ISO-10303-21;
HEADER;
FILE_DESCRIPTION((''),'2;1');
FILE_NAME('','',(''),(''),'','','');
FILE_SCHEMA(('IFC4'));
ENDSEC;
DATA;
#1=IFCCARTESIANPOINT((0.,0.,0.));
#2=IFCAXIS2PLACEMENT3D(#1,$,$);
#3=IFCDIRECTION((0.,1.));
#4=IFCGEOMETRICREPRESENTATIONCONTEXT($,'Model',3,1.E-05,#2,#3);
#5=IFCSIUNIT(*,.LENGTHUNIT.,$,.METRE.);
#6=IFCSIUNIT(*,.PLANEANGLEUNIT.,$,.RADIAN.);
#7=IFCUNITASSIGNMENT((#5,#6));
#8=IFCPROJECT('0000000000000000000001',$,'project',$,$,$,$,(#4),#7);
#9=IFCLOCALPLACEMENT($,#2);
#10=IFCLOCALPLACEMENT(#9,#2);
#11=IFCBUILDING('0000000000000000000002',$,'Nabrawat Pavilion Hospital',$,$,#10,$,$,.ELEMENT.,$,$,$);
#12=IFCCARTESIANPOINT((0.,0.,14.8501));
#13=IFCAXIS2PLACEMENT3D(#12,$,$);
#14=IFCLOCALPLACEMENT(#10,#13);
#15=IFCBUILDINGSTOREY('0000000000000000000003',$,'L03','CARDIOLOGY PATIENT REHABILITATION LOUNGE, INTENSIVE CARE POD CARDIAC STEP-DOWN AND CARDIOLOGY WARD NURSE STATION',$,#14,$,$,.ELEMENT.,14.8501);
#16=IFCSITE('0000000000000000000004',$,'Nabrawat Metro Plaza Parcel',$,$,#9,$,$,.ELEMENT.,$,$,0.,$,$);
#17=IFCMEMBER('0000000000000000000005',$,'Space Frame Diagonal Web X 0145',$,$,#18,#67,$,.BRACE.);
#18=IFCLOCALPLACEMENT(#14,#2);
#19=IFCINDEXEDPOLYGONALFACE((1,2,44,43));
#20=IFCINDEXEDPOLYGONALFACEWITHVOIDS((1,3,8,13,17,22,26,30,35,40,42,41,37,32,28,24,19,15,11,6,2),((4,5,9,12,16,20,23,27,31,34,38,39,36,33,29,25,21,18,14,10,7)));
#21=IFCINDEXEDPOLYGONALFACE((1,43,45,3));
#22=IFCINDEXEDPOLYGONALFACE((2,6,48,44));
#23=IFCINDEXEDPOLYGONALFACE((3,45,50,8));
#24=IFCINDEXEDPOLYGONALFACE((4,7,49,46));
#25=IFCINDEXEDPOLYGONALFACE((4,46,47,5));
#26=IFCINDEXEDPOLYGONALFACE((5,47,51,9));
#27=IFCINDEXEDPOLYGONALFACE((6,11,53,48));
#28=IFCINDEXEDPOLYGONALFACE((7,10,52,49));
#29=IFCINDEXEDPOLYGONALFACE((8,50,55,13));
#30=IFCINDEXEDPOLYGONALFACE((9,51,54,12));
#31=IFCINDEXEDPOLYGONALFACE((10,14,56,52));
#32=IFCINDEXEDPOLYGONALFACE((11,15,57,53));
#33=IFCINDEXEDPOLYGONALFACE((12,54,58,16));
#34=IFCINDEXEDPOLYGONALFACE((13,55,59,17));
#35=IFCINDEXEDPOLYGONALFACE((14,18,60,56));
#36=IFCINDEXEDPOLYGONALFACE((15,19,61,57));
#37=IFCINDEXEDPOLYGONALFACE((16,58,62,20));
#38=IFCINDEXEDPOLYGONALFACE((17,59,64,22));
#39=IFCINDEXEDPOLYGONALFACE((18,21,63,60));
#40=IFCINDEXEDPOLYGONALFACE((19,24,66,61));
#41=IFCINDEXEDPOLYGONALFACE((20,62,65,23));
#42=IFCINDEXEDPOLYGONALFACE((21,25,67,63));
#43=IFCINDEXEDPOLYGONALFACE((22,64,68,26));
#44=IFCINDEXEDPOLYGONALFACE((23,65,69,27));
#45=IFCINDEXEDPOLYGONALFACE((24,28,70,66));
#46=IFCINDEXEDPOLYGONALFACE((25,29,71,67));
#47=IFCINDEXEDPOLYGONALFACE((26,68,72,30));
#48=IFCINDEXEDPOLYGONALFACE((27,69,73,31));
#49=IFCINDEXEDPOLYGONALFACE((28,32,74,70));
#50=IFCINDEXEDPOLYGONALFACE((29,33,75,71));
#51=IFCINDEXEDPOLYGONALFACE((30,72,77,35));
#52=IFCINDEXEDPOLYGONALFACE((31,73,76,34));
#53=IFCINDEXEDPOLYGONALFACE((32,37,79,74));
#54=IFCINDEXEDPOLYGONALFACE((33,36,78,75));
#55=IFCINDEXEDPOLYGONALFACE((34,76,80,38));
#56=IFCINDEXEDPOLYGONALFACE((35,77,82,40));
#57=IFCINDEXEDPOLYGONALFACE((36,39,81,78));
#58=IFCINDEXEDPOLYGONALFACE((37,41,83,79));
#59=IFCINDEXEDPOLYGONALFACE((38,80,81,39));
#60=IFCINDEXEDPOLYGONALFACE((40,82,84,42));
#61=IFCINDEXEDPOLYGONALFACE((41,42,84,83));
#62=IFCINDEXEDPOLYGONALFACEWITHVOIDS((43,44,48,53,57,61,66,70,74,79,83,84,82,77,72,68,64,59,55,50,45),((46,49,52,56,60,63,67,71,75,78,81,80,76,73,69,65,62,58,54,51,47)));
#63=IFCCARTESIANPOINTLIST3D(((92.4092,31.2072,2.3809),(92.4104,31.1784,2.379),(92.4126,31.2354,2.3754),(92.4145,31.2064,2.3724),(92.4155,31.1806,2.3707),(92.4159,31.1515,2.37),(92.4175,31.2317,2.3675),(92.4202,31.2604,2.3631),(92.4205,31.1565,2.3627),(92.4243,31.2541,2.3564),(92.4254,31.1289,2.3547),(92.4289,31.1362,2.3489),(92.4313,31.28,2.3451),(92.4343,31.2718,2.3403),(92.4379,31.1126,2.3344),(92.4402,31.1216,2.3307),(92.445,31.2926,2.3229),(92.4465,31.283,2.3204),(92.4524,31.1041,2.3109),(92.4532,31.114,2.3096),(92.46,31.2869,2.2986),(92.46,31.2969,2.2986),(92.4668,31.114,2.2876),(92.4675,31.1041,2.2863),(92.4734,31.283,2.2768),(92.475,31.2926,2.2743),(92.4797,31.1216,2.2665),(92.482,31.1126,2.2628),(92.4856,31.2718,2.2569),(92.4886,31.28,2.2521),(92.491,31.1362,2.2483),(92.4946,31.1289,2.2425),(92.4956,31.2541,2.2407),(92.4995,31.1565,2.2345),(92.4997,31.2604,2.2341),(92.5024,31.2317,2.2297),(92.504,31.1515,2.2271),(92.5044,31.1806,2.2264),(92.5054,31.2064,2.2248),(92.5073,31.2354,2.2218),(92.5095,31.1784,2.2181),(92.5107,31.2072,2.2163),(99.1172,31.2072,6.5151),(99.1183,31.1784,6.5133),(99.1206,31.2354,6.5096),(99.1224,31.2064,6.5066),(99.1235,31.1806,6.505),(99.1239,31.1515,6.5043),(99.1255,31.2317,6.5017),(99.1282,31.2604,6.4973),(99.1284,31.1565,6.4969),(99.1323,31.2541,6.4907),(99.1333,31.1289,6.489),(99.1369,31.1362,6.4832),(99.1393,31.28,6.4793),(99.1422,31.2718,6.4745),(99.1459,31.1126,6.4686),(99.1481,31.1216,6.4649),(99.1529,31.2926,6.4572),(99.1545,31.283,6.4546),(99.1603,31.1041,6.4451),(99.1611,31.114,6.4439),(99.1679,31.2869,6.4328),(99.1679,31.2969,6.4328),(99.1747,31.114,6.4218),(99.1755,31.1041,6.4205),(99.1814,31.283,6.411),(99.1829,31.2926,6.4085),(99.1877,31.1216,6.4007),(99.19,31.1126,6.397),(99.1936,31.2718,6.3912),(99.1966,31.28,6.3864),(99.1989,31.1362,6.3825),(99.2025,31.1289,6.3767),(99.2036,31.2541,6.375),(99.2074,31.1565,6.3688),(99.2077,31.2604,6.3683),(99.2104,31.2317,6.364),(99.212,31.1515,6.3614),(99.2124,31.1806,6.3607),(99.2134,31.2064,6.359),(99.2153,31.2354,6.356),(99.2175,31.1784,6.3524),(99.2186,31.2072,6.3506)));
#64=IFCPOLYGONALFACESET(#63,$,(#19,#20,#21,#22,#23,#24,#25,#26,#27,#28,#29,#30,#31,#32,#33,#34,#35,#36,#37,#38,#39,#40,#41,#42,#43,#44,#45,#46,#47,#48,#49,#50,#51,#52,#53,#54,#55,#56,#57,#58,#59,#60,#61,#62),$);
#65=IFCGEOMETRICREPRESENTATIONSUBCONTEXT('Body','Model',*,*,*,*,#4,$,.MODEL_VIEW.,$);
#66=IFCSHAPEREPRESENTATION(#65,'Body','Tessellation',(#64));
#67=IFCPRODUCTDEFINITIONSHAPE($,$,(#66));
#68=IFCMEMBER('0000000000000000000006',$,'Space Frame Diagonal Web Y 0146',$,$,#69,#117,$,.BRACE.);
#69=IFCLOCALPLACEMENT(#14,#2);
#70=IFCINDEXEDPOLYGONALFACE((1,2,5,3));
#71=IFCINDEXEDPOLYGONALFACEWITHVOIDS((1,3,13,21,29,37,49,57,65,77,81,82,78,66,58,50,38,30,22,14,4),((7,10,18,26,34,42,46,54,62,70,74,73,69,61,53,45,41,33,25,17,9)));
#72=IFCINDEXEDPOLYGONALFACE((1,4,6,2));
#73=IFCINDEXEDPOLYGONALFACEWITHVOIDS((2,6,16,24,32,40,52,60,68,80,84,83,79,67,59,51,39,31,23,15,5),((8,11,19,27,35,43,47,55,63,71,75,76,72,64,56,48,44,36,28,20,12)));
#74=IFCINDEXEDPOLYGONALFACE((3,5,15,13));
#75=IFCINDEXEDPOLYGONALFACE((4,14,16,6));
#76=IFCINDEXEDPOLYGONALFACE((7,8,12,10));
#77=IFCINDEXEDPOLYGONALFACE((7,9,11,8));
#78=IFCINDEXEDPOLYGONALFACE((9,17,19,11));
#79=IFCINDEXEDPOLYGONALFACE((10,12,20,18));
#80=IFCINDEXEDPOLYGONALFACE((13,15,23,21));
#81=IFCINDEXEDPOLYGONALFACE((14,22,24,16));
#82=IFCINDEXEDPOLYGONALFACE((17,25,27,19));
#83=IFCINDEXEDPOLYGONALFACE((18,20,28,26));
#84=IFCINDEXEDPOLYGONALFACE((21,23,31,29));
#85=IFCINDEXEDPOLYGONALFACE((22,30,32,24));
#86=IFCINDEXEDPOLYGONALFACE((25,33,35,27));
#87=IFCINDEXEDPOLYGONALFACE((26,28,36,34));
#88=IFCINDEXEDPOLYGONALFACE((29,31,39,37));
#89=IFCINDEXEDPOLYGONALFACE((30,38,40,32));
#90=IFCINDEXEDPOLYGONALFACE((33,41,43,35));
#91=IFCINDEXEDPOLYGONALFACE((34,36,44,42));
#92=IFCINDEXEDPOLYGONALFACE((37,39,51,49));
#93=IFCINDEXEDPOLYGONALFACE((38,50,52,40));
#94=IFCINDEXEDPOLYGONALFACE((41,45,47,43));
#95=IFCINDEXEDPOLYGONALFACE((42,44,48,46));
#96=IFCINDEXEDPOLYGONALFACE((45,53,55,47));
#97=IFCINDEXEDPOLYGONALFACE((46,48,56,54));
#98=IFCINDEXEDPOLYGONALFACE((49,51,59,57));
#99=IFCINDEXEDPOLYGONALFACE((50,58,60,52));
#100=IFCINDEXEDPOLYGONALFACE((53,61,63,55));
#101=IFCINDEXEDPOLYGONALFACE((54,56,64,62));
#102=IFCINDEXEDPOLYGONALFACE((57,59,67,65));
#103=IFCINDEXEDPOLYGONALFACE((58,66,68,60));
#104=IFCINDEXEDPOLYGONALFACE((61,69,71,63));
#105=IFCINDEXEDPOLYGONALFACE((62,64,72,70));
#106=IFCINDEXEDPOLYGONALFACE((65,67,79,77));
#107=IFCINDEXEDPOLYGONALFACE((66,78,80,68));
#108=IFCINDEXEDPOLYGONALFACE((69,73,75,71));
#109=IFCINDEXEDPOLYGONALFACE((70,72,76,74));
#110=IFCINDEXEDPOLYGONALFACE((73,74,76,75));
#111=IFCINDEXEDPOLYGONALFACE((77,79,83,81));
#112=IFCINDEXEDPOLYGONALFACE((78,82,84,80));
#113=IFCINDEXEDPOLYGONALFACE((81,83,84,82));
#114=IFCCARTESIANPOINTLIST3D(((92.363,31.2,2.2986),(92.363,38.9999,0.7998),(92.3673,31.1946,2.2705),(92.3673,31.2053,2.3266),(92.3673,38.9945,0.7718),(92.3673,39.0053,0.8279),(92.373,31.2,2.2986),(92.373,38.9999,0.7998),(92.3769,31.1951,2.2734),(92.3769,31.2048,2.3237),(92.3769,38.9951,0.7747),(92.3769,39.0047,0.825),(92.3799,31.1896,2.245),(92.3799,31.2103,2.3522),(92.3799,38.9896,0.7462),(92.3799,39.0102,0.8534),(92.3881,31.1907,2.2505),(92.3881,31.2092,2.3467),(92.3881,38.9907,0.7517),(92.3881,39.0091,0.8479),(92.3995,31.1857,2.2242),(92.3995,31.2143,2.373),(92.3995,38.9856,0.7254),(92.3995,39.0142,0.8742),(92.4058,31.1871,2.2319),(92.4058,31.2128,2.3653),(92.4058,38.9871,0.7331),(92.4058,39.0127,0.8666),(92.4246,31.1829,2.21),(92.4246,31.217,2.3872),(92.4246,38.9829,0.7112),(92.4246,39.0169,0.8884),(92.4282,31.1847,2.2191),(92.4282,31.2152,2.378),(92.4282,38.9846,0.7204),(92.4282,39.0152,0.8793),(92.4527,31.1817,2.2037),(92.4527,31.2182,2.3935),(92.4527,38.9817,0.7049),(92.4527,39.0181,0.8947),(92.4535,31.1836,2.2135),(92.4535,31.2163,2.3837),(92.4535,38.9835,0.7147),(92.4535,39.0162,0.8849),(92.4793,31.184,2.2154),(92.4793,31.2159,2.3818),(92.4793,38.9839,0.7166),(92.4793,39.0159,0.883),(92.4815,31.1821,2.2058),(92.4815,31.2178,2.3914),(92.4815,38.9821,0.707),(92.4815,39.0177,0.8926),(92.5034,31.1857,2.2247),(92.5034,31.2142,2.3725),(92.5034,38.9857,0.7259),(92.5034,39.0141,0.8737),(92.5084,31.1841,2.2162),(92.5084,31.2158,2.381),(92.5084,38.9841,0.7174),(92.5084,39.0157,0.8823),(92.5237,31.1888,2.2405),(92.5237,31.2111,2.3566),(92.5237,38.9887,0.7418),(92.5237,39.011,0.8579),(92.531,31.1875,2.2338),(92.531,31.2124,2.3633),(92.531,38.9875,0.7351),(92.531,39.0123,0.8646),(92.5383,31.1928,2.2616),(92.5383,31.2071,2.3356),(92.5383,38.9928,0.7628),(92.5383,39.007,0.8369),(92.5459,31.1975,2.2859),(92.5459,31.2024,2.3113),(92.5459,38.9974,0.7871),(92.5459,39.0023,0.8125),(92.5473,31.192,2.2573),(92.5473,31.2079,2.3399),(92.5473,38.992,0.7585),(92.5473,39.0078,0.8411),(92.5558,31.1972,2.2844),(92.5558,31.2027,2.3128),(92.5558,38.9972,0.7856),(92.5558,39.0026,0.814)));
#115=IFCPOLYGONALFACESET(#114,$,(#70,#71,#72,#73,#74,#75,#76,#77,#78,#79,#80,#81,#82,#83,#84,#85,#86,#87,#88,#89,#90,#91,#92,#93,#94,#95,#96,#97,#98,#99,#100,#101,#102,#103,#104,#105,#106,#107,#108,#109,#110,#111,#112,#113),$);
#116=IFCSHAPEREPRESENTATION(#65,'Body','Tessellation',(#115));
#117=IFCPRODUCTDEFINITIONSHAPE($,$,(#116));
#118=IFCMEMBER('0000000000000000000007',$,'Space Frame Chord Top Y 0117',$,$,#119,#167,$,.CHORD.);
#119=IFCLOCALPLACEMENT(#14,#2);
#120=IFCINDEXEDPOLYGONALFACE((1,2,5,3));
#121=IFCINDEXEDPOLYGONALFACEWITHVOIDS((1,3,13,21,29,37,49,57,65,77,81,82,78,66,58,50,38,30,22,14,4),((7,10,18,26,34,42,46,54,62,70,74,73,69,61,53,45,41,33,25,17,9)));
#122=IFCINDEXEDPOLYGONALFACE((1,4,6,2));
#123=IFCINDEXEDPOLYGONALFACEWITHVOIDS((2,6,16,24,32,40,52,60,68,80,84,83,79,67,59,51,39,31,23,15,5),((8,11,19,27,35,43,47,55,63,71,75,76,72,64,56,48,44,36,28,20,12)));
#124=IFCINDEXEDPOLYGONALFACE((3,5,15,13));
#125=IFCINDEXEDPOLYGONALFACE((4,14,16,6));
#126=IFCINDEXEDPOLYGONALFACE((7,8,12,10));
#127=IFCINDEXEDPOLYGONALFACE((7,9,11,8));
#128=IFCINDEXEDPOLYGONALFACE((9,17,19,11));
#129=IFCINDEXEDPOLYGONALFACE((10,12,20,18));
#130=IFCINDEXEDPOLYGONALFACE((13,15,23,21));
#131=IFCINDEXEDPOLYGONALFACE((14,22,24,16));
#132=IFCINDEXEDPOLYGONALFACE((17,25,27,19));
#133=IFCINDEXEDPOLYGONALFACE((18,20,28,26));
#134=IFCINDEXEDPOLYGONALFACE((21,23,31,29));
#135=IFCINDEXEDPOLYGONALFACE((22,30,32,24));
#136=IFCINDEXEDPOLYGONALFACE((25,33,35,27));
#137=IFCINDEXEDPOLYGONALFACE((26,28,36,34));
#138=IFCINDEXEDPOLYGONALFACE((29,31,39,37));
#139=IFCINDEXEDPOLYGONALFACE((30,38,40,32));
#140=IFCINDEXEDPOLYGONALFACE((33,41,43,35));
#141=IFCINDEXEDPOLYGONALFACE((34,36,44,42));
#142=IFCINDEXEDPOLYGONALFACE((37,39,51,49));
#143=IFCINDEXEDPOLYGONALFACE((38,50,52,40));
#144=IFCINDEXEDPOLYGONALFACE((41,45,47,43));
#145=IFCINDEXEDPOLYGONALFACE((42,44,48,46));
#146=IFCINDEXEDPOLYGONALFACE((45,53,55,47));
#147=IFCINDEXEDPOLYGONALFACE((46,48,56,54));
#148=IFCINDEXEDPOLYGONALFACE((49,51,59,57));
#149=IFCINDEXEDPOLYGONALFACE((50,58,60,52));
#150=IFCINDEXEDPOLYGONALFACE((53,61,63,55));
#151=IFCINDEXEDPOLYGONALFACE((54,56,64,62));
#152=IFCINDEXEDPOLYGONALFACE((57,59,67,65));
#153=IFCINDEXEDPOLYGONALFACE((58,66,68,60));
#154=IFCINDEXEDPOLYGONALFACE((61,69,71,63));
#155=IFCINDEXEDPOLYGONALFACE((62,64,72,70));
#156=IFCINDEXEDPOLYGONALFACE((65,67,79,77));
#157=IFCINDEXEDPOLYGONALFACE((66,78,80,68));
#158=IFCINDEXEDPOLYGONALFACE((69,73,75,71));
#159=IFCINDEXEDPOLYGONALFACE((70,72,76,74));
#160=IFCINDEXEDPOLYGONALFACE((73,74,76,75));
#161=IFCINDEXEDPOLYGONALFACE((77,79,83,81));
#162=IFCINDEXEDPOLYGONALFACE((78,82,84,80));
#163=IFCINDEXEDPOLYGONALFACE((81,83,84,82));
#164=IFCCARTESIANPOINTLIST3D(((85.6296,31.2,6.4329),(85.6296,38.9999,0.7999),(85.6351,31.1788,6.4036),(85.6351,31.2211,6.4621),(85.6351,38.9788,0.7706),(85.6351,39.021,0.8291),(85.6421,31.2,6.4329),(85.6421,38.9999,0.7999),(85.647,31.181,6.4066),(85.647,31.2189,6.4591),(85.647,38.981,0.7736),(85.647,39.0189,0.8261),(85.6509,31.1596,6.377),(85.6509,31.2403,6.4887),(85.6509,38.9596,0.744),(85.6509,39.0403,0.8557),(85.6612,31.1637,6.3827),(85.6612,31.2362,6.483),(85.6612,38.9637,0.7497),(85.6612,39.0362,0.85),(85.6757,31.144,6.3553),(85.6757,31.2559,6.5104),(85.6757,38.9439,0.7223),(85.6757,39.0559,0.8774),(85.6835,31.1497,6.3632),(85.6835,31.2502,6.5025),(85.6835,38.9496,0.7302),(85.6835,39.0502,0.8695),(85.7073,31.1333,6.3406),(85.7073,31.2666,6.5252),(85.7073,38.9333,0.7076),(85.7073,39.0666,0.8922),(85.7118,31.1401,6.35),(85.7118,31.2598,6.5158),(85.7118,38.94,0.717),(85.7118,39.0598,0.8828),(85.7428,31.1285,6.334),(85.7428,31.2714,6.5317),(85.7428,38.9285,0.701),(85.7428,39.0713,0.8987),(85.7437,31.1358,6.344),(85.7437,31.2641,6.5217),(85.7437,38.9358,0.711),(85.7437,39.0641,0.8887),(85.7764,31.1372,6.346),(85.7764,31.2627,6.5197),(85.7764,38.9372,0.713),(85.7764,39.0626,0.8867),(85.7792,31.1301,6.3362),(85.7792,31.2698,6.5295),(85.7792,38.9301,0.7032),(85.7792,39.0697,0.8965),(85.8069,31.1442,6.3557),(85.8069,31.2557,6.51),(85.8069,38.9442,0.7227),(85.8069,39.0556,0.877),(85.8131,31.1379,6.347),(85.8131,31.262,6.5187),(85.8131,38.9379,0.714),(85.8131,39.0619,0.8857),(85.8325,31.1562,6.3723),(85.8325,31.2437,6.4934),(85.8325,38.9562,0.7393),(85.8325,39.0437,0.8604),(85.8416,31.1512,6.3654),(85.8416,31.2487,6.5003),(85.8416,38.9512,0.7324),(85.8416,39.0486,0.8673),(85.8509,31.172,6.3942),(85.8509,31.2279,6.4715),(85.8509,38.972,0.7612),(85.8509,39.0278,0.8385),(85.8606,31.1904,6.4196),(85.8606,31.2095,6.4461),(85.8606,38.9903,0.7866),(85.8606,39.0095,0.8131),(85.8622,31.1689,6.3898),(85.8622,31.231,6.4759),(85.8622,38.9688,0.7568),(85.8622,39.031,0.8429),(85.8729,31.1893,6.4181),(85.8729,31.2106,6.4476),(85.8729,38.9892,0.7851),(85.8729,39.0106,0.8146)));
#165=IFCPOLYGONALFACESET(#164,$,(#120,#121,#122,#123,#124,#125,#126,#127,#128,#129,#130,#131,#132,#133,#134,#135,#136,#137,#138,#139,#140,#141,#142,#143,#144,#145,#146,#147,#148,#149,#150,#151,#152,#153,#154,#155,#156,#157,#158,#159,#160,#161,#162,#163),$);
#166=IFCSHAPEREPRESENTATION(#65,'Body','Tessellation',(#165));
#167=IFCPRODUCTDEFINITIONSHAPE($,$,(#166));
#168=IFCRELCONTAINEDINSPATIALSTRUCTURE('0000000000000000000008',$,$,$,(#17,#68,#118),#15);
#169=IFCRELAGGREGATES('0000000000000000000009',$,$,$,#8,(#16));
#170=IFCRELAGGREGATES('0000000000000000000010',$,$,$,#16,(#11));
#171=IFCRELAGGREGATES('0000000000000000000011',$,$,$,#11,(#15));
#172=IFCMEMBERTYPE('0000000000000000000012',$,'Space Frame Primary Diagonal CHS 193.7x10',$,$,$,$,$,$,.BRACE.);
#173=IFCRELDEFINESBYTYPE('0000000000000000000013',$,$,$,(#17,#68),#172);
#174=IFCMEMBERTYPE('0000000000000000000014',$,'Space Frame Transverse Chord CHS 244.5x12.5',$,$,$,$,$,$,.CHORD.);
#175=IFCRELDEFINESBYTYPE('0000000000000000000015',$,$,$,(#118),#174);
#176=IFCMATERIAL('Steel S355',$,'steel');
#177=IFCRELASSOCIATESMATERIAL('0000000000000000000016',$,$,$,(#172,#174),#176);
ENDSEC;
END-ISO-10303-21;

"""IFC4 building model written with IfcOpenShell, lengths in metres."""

from ifc_helpers import new_model, si_unit, direction, frame, origin, origin_2d, place, context, subcontext, project, spatial, hollow_circle, extrude, material, material_profile, profile_set, type_object, element, save


model = new_model("IFC4")

# Units and contexts
model_context = context("Model", 3, precision=1e-05, world=origin(), true_north=direction((0.0, 1.0)))
body_context = subcontext(model_context, "Body", "Model", "MODEL_VIEW")
ifc_project = project(units=[si_unit("LENGTHUNIT", "METRE"), si_unit("PLANEANGLEUNIT", "RADIAN")], contexts=[model_context])

# Site, building, storey
site_placement = place(None, origin())
site = spatial("IfcSite", under=ifc_project, at=site_placement, Name="Nabrawat Metro Plaza Parcel", CompositionType="ELEMENT", RefElevation=0.0)
building_placement = place(site_placement, origin())
building = spatial("IfcBuilding", under=site, at=building_placement, Name="Nabrawat Pavilion Hospital", CompositionType="ELEMENT")
storey_placement = place(building_placement, frame((0.0, 0.0, 14.8501)))
storey = spatial("IfcBuildingStorey", under=building, at=storey_placement, Name="L03", Description="CARDIOLOGY PATIENT REHABILITATION LOUNGE, INTENSIVE CARE POD CARDIAC STEP-DOWN AND CARDIOLOGY WARD NURSE STATION", CompositionType="ELEMENT", Elevation=14.8501)

# Members
ifc_material = material(Name="Steel S355", Category="steel")
ifc_material_profile_1 = material_profile(ifc_material, hollow_circle(Radius=0.0969, WallThickness=0.01, at=origin_2d()), Name="CHS 193.7x10")
ifc_profile_set_1 = profile_set([ifc_material_profile_1], Name="Steel S355")
member_type_1 = type_object("IfcMemberType", Name="Space Frame Primary Diagonal CHS 193.7x10", PredefinedType="BRACE", material=ifc_profile_set_1)
member_1_placement = place(storey_placement, frame((92.46, 31.2, 2.2986), z_axis=(0.851303, 0.0, 0.524675), x_axis=(0.0, 1.0, 0.0)))
element("IfcMember", 1, at=member_1_placement, inside=storey, type_object=member_type_1, Name="Space Frame Diagonal Web X 0145", PredefinedType="BRACE", context=body_context, shape_type="SweptSolid", body=[
    extrude(hollow_circle(Radius=0.0969, WallThickness=0.01, at=origin_2d()), origin(), (0.0, 0.0, 1.0), 7.8796),
])
member_2_placement = place(storey_placement, frame((92.46, 31.2, 2.2986), z_axis=(0.0, 0.982035, -0.188698), x_axis=(-1.0, 0.0, 0.0)))
element("IfcMember", 2, at=member_2_placement, inside=storey, type_object=member_type_1, Name="Space Frame Diagonal Web Y 0146", PredefinedType="BRACE", context=body_context, shape_type="SweptSolid", body=[
    extrude(hollow_circle(Radius=0.0969, WallThickness=0.01, at=origin_2d()), origin(), (0.0, 0.0, 1.0), 7.9426),
])
ifc_material_profile_2 = material_profile(ifc_material, hollow_circle(Radius=0.1223, WallThickness=0.0125, at=origin_2d()), Name="CHS 244.5x12.5")
ifc_profile_set_2 = profile_set([ifc_material_profile_2], Name="Steel S355")
member_type_2 = type_object("IfcMemberType", Name="Space Frame Transverse Chord CHS 244.5x12.5", PredefinedType="CHORD", material=ifc_profile_set_2)
member_3_placement = place(storey_placement, frame((85.752, 31.2, 6.4329), z_axis=(0.0, 0.810695, -0.585469), x_axis=(-1.0, 0.0, 0.0)))
element("IfcMember", 3, at=member_3_placement, inside=storey, type_object=member_type_2, Name="Space Frame Chord Top Y 0117", PredefinedType="CHORD", context=body_context, shape_type="SweptSolid", body=[
    extrude(hollow_circle(Radius=0.1223, WallThickness=0.0125, at=origin_2d()), origin(), (0.0, 0.0, 1.0), 9.6213),
])

save(model, "model.ifc")
